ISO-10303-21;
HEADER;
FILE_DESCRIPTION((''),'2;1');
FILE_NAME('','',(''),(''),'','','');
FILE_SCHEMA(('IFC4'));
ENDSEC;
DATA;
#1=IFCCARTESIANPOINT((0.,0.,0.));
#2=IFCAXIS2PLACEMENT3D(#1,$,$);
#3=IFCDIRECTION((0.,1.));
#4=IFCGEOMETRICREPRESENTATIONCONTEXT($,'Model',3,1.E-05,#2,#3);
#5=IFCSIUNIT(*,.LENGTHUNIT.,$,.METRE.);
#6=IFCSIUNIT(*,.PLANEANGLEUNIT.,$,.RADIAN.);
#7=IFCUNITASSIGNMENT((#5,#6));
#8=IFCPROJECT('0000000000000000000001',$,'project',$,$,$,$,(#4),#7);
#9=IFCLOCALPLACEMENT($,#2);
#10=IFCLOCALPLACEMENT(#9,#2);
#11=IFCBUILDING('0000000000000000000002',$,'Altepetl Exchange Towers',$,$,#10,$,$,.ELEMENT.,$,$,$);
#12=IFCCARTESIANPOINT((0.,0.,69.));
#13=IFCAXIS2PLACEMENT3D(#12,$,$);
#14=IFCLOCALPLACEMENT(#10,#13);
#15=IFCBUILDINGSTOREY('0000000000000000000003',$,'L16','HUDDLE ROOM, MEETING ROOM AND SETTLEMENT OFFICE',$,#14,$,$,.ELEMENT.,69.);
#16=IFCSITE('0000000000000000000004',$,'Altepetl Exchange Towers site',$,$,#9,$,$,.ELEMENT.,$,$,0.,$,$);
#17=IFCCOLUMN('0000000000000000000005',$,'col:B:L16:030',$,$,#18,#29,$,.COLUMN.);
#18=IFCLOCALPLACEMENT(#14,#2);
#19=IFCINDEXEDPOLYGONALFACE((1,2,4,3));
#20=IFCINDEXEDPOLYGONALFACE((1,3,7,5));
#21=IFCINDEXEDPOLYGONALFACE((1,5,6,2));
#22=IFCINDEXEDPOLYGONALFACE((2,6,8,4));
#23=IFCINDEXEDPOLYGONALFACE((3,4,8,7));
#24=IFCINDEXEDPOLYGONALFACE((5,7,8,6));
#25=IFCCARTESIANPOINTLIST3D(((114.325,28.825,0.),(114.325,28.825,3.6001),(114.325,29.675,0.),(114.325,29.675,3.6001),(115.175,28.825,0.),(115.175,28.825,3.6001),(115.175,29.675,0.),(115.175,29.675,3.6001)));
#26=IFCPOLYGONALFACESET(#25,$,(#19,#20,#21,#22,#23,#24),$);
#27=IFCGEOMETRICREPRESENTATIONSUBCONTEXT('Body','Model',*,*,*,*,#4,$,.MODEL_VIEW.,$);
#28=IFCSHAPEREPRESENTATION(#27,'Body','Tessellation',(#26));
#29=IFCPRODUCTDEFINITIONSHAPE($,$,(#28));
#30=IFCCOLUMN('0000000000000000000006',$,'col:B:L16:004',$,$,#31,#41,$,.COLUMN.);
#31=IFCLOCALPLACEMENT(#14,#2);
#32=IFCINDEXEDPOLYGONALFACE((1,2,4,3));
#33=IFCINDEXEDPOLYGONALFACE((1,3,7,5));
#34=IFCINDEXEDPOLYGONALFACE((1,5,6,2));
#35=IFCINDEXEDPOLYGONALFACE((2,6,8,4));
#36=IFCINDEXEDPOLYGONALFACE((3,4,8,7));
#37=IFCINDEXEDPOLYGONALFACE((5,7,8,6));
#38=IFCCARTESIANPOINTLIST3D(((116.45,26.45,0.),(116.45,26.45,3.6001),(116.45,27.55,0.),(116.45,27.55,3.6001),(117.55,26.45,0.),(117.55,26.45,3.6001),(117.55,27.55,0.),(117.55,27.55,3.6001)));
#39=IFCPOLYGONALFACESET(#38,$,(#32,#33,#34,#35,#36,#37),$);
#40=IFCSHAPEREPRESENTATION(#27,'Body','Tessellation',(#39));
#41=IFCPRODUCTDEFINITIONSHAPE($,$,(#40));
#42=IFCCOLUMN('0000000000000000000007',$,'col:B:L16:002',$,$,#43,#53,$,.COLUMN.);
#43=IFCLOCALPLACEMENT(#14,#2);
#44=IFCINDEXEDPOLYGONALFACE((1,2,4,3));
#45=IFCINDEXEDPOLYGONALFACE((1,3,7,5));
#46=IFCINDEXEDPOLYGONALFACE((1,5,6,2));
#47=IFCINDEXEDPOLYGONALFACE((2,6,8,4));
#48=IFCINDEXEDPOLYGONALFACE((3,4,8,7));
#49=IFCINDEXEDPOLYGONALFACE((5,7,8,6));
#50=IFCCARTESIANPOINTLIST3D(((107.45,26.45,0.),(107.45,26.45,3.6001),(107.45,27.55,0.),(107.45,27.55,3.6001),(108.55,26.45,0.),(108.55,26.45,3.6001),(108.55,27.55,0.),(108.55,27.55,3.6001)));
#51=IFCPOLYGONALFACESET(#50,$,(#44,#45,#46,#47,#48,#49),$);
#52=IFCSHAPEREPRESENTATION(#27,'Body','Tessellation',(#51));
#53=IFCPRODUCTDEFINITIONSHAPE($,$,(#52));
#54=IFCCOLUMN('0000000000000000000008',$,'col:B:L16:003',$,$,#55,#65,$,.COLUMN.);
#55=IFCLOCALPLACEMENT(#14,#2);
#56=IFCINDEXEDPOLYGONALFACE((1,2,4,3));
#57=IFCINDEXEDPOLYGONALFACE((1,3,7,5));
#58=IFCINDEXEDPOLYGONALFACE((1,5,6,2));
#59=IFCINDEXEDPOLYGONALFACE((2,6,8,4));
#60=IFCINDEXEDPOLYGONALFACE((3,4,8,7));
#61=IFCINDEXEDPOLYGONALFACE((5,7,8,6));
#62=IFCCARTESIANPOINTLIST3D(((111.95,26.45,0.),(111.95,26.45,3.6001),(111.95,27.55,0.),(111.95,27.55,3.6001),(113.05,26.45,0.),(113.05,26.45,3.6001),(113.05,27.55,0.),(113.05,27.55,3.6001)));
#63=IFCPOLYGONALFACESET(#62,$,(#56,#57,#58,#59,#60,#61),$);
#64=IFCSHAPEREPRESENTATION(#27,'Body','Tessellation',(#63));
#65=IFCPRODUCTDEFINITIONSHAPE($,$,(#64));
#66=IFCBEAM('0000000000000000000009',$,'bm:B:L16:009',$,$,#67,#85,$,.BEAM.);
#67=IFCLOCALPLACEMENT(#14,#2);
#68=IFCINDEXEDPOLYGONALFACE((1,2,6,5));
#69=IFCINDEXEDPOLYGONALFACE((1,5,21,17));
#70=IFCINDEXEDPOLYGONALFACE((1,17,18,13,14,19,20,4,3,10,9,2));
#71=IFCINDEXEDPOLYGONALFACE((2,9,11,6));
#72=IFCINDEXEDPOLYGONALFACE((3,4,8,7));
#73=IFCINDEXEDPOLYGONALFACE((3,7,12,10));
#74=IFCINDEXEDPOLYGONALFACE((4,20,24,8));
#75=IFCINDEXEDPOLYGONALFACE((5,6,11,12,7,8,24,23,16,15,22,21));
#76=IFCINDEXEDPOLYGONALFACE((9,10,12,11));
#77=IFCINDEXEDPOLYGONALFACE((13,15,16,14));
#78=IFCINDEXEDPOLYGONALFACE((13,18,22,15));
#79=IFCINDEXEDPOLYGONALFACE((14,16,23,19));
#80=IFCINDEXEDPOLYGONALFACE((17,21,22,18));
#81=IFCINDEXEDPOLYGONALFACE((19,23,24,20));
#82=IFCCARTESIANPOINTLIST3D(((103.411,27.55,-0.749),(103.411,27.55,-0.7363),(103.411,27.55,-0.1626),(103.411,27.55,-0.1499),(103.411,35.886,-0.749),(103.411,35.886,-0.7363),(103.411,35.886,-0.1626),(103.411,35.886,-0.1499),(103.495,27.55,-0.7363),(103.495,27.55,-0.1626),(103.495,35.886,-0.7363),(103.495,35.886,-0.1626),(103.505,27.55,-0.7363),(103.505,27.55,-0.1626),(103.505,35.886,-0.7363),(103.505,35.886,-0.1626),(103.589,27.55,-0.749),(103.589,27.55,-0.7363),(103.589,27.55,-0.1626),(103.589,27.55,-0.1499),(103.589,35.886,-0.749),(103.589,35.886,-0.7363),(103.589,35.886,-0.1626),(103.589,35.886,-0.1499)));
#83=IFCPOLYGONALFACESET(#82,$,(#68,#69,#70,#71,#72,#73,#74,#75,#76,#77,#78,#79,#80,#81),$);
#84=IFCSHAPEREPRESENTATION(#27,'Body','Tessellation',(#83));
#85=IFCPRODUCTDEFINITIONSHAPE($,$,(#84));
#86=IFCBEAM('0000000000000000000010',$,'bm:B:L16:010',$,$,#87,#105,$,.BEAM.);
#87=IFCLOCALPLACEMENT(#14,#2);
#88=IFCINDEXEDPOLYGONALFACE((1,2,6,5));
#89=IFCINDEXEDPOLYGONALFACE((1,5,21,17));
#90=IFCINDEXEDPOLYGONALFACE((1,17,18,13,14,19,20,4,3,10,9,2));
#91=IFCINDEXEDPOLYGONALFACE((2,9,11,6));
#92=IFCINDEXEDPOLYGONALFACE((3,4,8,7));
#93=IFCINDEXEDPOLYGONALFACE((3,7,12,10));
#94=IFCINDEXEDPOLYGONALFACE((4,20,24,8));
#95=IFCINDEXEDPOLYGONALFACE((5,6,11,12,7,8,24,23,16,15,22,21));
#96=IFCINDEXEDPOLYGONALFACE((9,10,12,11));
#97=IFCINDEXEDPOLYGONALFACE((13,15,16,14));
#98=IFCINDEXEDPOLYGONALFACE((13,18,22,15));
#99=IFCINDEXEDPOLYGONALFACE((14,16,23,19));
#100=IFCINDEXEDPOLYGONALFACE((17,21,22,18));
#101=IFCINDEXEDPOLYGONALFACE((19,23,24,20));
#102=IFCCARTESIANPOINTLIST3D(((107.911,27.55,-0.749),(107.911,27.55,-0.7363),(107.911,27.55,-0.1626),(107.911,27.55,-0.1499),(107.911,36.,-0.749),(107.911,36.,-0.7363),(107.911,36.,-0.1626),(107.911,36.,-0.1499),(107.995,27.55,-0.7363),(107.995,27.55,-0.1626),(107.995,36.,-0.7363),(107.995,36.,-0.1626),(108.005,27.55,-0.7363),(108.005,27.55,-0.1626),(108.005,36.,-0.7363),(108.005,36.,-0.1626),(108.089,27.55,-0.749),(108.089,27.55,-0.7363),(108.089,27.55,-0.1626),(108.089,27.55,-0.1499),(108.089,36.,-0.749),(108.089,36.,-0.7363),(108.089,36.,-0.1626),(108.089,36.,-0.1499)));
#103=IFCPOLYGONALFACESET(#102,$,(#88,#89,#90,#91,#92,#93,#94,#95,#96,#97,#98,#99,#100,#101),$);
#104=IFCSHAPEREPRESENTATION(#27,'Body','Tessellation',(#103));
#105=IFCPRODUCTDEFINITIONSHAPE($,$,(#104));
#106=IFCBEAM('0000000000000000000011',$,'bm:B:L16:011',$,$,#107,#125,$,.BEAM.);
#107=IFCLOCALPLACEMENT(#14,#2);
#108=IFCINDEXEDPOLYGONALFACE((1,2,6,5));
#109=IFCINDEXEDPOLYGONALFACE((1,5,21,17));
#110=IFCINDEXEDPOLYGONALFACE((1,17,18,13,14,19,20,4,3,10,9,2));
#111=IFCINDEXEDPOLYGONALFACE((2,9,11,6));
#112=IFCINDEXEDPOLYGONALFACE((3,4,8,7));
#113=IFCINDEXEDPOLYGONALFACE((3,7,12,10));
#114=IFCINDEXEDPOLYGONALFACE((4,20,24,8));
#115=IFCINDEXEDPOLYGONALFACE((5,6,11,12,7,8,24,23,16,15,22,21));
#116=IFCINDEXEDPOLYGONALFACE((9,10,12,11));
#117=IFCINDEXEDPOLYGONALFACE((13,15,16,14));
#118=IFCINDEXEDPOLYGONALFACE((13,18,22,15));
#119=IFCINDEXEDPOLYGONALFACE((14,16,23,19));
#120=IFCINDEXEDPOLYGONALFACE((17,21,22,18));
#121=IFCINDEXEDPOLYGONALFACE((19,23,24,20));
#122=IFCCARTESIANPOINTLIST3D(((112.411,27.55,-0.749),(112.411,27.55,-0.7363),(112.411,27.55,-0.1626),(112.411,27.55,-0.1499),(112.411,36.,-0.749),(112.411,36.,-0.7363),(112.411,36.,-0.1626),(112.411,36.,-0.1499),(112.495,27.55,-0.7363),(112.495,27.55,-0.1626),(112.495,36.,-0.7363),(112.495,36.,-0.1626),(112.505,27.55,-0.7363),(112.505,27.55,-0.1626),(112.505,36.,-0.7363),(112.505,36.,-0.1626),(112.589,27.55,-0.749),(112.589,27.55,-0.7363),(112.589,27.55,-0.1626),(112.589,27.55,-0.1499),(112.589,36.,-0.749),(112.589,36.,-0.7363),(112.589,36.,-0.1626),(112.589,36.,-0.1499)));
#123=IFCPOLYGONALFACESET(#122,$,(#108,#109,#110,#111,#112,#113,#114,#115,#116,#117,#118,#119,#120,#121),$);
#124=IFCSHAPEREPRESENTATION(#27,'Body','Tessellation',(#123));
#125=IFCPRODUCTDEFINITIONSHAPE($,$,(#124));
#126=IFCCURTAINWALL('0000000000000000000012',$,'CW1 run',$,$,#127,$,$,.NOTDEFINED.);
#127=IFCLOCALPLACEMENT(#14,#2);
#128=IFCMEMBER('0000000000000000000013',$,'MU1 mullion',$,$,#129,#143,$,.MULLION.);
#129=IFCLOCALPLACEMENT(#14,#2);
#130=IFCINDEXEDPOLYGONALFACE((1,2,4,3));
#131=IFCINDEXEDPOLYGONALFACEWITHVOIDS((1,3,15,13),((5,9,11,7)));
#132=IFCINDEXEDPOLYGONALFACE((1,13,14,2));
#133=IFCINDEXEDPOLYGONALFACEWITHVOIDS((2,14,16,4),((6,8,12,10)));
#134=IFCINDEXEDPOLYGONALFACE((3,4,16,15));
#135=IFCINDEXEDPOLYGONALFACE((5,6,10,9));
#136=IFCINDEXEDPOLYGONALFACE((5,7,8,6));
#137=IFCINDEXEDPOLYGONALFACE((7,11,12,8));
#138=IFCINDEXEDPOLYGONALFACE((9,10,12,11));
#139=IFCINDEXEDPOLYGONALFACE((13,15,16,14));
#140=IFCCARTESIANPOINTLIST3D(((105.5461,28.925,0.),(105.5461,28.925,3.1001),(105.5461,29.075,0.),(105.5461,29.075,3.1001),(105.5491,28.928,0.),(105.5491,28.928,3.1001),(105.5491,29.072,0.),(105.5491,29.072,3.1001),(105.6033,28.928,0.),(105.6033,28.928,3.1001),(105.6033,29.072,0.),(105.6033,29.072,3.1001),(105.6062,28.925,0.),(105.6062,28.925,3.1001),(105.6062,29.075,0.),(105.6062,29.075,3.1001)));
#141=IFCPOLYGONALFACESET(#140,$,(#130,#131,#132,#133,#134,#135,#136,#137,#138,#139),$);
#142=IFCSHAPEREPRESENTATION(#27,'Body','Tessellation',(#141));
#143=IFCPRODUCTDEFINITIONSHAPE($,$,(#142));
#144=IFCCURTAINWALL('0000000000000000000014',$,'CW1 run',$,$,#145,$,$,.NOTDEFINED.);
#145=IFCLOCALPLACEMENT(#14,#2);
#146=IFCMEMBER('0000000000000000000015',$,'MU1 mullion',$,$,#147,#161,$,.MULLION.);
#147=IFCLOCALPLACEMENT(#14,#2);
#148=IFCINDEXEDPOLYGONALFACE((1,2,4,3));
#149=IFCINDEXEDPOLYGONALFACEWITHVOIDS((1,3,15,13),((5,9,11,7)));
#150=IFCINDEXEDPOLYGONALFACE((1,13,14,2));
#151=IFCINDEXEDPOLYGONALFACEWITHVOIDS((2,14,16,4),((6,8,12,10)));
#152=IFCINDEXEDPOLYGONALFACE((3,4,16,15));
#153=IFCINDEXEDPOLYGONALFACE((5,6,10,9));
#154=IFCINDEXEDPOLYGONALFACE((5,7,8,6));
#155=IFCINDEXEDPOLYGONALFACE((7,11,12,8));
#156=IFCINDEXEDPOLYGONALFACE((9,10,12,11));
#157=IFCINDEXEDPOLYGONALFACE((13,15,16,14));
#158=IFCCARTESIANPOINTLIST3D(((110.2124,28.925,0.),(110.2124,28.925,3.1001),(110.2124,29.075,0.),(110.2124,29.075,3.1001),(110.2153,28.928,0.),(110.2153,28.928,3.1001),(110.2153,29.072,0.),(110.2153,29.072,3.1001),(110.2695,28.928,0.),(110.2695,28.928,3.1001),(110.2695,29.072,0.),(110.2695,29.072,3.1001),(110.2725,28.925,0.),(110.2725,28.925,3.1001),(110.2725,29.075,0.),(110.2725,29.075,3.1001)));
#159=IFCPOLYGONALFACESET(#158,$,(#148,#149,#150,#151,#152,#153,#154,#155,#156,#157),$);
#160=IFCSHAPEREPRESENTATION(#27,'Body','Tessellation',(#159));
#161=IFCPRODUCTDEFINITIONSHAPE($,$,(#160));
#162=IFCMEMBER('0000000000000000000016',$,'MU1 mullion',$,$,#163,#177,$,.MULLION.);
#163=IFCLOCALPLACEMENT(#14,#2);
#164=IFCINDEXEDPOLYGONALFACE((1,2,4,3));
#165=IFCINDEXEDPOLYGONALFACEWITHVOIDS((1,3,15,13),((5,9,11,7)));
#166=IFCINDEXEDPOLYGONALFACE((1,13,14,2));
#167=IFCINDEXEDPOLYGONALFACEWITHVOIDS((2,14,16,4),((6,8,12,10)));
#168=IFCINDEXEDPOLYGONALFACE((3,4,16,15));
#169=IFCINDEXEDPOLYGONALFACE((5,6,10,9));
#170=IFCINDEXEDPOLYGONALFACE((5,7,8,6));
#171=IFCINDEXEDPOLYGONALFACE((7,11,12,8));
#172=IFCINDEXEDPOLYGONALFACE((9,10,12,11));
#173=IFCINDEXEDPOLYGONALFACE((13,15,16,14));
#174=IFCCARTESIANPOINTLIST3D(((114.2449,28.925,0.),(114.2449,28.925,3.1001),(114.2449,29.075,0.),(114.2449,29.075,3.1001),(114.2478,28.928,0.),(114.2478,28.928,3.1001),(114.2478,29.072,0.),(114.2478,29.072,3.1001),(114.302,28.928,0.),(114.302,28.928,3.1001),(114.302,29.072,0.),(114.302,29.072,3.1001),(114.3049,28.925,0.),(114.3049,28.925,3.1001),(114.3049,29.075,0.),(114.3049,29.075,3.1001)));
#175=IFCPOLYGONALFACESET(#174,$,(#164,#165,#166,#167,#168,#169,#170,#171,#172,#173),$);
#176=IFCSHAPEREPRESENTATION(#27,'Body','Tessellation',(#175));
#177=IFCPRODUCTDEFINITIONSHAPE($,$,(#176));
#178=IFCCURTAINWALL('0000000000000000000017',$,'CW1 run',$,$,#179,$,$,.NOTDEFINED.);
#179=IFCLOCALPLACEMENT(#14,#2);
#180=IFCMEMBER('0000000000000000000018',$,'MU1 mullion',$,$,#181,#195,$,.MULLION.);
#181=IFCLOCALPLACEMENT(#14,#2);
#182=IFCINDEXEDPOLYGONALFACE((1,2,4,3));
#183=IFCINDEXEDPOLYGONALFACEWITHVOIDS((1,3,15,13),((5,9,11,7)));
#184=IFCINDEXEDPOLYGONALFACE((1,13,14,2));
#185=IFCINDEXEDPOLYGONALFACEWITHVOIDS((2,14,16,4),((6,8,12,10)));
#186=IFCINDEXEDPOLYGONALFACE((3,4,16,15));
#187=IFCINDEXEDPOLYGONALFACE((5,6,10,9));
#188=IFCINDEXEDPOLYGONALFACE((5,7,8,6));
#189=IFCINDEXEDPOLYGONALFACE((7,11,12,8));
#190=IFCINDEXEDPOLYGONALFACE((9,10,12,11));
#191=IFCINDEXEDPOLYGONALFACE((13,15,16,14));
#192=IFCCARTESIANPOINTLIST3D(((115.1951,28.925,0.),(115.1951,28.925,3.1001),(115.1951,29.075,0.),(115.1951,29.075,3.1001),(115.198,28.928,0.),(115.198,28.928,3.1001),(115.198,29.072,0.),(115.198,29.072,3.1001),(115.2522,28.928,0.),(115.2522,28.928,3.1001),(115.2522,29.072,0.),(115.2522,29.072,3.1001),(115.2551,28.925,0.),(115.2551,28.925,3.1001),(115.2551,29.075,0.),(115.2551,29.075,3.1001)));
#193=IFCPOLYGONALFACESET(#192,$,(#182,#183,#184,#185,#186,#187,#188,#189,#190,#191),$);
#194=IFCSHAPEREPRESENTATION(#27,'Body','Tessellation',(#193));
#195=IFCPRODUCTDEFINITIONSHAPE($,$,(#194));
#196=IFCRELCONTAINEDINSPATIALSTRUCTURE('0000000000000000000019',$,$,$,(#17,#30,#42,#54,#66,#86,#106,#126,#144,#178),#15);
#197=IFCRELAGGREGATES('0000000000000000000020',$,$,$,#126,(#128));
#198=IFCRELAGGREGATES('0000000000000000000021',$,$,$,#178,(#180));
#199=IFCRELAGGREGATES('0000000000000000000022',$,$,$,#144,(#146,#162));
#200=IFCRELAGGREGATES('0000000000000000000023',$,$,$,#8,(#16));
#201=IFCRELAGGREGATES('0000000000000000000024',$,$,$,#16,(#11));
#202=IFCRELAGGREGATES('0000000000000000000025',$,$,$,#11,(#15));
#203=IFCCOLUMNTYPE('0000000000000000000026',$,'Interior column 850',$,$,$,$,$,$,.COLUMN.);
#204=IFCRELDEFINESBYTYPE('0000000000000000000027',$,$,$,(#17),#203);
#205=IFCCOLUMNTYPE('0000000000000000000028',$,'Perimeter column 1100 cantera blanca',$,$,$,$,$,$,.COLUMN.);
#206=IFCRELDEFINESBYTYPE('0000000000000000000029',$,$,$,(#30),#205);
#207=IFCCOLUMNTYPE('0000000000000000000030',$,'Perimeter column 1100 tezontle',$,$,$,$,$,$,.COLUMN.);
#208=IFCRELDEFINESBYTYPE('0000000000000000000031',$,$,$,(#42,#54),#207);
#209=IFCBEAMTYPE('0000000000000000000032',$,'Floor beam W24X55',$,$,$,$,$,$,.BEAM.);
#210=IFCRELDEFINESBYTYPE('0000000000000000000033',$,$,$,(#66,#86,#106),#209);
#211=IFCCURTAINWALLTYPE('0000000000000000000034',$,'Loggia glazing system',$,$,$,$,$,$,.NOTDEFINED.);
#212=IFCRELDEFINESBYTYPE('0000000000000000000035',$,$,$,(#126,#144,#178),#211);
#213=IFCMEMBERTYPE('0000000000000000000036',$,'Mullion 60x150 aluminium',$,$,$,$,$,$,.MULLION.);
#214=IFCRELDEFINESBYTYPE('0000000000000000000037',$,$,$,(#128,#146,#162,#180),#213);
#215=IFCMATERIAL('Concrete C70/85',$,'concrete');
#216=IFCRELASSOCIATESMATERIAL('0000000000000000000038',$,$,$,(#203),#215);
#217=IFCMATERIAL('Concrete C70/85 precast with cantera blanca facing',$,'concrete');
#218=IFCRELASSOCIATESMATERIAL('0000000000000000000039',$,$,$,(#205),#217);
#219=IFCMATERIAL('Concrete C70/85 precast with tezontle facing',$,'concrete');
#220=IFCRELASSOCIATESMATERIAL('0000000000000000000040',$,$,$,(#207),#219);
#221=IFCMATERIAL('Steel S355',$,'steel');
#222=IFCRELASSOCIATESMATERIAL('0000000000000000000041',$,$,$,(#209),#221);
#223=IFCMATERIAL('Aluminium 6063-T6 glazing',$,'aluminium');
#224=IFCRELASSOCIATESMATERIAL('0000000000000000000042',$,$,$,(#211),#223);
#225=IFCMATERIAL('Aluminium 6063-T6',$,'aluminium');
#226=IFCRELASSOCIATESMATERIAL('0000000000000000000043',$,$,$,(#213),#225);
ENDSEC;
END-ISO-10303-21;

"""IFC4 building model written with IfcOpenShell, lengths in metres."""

from ifc_helpers import new_model, si_unit, direction, frame, origin, origin_2d, place, context, subcontext, project, spatial, rectangle, hollow_rectangle, i_section, extrude, material, material_profile, profile_set, type_object, element, aggregate, save


model = new_model("IFC4")

# Units and contexts
model_context = context("Model", 3, precision=1e-05, world=origin(), true_north=direction((0.0, 1.0)))
body_context = subcontext(model_context, "Body", "Model", "MODEL_VIEW")
ifc_project = project(units=[si_unit("LENGTHUNIT", "METRE"), si_unit("PLANEANGLEUNIT", "RADIAN")], contexts=[model_context])

# Site, building, storey
site_placement = place(None, origin())
site = spatial("IfcSite", under=ifc_project, at=site_placement, Name="Altepetl Exchange Towers site", CompositionType="ELEMENT", RefElevation=0.0)
building_placement = place(site_placement, origin())
building = spatial("IfcBuilding", under=site, at=building_placement, Name="Altepetl Exchange Towers", CompositionType="ELEMENT")
storey_placement = place(building_placement, frame((0.0, 0.0, 69.0)))
storey = spatial("IfcBuildingStorey", under=building, at=storey_placement, Name="L16", Description="HUDDLE ROOM, MEETING ROOM AND SETTLEMENT OFFICE", CompositionType="ELEMENT", Elevation=69.0)

# Columns
ifc_material_1 = material(Name="Concrete C70/85", Category="concrete")
ifc_material_profile_1 = material_profile(ifc_material_1, rectangle(XDim=0.8501, YDim=0.8501, at=origin_2d()), Name="850 x 850")
ifc_profile_set_1 = profile_set([ifc_material_profile_1], Name="Concrete C70/85")
column_type_1 = type_object("IfcColumnType", Name="Interior column 850", PredefinedType="COLUMN", material=ifc_profile_set_1)
column_1_placement = place(storey_placement, frame((114.75, 29.25, 0.0)))
element("IfcColumn", 1, at=column_1_placement, inside=storey, type_object=column_type_1, Name="col:B:L16:030", PredefinedType="COLUMN", context=body_context, shape_type="SweptSolid", body=[
    extrude(rectangle(XDim=0.8501, YDim=0.8501, at=origin_2d()), origin(), (0.0, 0.0, 1.0), 3.6001),
])
ifc_material_2 = material(Name="Concrete C70/85 precast with cantera blanca facing", Category="concrete")
ifc_material_profile_2 = material_profile(ifc_material_2, rectangle(XDim=1.1001, YDim=1.1001, at=origin_2d()), Name="1100 x 1100")
ifc_profile_set_2 = profile_set([ifc_material_profile_2], Name="Concrete C70/85 precast with cantera blanca facing")
column_type_2 = type_object("IfcColumnType", Name="Perimeter column 1100 cantera blanca", PredefinedType="COLUMN", material=ifc_profile_set_2)
column_2_placement = place(storey_placement, frame((117.0, 27.0, 0.0)))
element("IfcColumn", 2, at=column_2_placement, inside=storey, type_object=column_type_2, Name="col:B:L16:004", PredefinedType="COLUMN", context=body_context, shape_type="SweptSolid", body=[
    extrude(rectangle(XDim=1.1001, YDim=1.1001, at=origin_2d()), origin(), (0.0, 0.0, 1.0), 3.6001),
])
ifc_material_3 = material(Name="Concrete C70/85 precast with tezontle facing", Category="concrete")
ifc_material_profile_3 = material_profile(ifc_material_3, rectangle(XDim=1.1001, YDim=1.1001, at=origin_2d()), Name="1100 x 1100")
ifc_profile_set_3 = profile_set([ifc_material_profile_3], Name="Concrete C70/85 precast with tezontle facing")
column_type_3 = type_object("IfcColumnType", Name="Perimeter column 1100 tezontle", PredefinedType="COLUMN", material=ifc_profile_set_3)
for number, where, name in (
    (3, (108.0, 27.0, 0.0), "col:B:L16:002"),
    (4, (112.5, 27.0, 0.0), "col:B:L16:003"),
):
    element("IfcColumn", number, at=place(storey_placement, frame(where)), inside=storey, type_object=column_type_3, Name=name, PredefinedType="COLUMN", context=body_context, shape_type="SweptSolid", body=[
        extrude(rectangle(XDim=1.1001, YDim=1.1001, at=origin_2d()), origin(), (0.0, 0.0, 1.0), 3.6001),
    ])

# Beams
ifc_material_4 = material(Name="Steel S355", Category="steel")
ifc_material_profile_4 = material_profile(ifc_material_4, i_section(OverallWidth=0.178, OverallDepth=0.5991, WebThickness=0.01, FlangeThickness=0.0127, at=origin_2d()), Name="W24X55")
ifc_profile_set_4 = profile_set([ifc_material_profile_4], Name="Steel S355")
beam_type_1 = type_object("IfcBeamType", Name="Floor beam W24X55", PredefinedType="BEAM", material=ifc_profile_set_4)
beam_placement = place(storey_placement, frame((103.5, 27.55, -0.4495), z_axis=(0.0, 1.0, 0.0), x_axis=(-1.0, 0.0, 0.0)))
element("IfcBeam", 5, at=beam_placement, inside=storey, type_object=beam_type_1, Name="bm:B:L16:009", PredefinedType="BEAM", context=body_context, shape_type="SweptSolid", body=[
    extrude(i_section(OverallWidth=0.178, OverallDepth=0.5991, WebThickness=0.01, FlangeThickness=0.0127, at=origin_2d()), origin(), (0.0, 0.0, 1.0), 8.3359),
])
for number, where, z_axis, x_axis, name in (
    (6, (108.0, 27.55, -0.4495), (0.0, 1.0, 0.0), (-1.0, 0.0, 0.0), "bm:B:L16:010"),
    (7, (112.5, 27.55, -0.4495), (0.0, 1.0, 0.0), (-1.0, 0.0, 0.0), "bm:B:L16:011"),
):
    element("IfcBeam", number, at=place(storey_placement, frame(where, z_axis=z_axis, x_axis=x_axis)), inside=storey, type_object=beam_type_1, Name=name, PredefinedType="BEAM", context=body_context, shape_type="SweptSolid", body=[
        extrude(i_section(OverallWidth=0.178, OverallDepth=0.5991, WebThickness=0.01, FlangeThickness=0.0127, at=origin_2d()), origin(), (0.0, 0.0, 1.0), 8.45),
    ])

# Curtain wall, member
ifc_material_5 = material(Name="Aluminium 6063-T6 glazing", Category="aluminium")
curtain_wall_type = type_object("IfcCurtainWallType", Name="Loggia glazing system", PredefinedType="NOTDEFINED", material=ifc_material_5)
curtain_wall_1_placement = place(storey_placement, origin())
curtain_wall_1 = element("IfcCurtainWall", 8, at=curtain_wall_1_placement, inside=storey, type_object=curtain_wall_type, Name="CW1 run", PredefinedType="NOTDEFINED")
ifc_material_6 = material(Name="Aluminium 6063-T6", Category="aluminium")
ifc_material_profile_5 = material_profile(ifc_material_6, hollow_rectangle(XDim=0.0601, YDim=0.1499, WallThickness=0.0029, at=origin_2d()), Name="Mullion 60x150 aluminium")
ifc_profile_set_5 = profile_set([ifc_material_profile_5], Name="Aluminium 6063-T6")
member_type = type_object("IfcMemberType", Name="Mullion 60x150 aluminium", PredefinedType="MULLION", material=ifc_profile_set_5)
member_1_placement = place(storey_placement, frame((105.5762, 29.0, 0.0)))
member_1 = element("IfcMember", 9, at=member_1_placement, type_object=member_type, Name="MU1 mullion", PredefinedType="MULLION", context=body_context, shape_type="SweptSolid", body=[
    extrude(hollow_rectangle(XDim=0.0601, YDim=0.1499, WallThickness=0.0029, at=origin_2d()), origin(), (0.0, 0.0, 1.0), 3.1001),
])
aggregate(curtain_wall_1, [member_1])

# Curtain wall, members
curtain_wall_2_placement = place(storey_placement, origin())
curtain_wall_2 = element("IfcCurtainWall", 10, at=curtain_wall_2_placement, inside=storey, type_object=curtain_wall_type, Name="CW1 run", PredefinedType="NOTDEFINED")
member_2_placement = place(storey_placement, frame((110.2424, 29.0, 0.0)))
member_2 = element("IfcMember", 11, at=member_2_placement, type_object=member_type, Name="MU1 mullion", PredefinedType="MULLION", context=body_context, shape_type="SweptSolid", body=[
    extrude(hollow_rectangle(XDim=0.0601, YDim=0.1499, WallThickness=0.0029, at=origin_2d()), origin(), (0.0, 0.0, 1.0), 3.1001),
])
member_3_placement = place(storey_placement, frame((114.2749, 29.0, 0.0)))
member_3 = element("IfcMember", 12, at=member_3_placement, type_object=member_type, Name="MU1 mullion", PredefinedType="MULLION", context=body_context, shape_type="SweptSolid", body=[
    extrude(hollow_rectangle(XDim=0.0601, YDim=0.1499, WallThickness=0.0029, at=origin_2d()), origin(), (0.0, 0.0, 1.0), 3.1001),
])

# Curtain wall, member
curtain_wall_3_placement = place(storey_placement, origin())
curtain_wall_3 = element("IfcCurtainWall", 13, at=curtain_wall_3_placement, inside=storey, type_object=curtain_wall_type, Name="CW1 run", PredefinedType="NOTDEFINED")
member_4_placement = place(storey_placement, frame((115.2251, 29.0, 0.0)))
member_4 = element("IfcMember", 14, at=member_4_placement, type_object=member_type, Name="MU1 mullion", PredefinedType="MULLION", context=body_context, shape_type="SweptSolid", body=[
    extrude(hollow_rectangle(XDim=0.0601, YDim=0.1499, WallThickness=0.0029, at=origin_2d()), origin(), (0.0, 0.0, 1.0), 3.1001),
])
aggregate(curtain_wall_3, [member_4])

aggregate(curtain_wall_2, [member_2, member_3])

save(model, "model.ifc")
